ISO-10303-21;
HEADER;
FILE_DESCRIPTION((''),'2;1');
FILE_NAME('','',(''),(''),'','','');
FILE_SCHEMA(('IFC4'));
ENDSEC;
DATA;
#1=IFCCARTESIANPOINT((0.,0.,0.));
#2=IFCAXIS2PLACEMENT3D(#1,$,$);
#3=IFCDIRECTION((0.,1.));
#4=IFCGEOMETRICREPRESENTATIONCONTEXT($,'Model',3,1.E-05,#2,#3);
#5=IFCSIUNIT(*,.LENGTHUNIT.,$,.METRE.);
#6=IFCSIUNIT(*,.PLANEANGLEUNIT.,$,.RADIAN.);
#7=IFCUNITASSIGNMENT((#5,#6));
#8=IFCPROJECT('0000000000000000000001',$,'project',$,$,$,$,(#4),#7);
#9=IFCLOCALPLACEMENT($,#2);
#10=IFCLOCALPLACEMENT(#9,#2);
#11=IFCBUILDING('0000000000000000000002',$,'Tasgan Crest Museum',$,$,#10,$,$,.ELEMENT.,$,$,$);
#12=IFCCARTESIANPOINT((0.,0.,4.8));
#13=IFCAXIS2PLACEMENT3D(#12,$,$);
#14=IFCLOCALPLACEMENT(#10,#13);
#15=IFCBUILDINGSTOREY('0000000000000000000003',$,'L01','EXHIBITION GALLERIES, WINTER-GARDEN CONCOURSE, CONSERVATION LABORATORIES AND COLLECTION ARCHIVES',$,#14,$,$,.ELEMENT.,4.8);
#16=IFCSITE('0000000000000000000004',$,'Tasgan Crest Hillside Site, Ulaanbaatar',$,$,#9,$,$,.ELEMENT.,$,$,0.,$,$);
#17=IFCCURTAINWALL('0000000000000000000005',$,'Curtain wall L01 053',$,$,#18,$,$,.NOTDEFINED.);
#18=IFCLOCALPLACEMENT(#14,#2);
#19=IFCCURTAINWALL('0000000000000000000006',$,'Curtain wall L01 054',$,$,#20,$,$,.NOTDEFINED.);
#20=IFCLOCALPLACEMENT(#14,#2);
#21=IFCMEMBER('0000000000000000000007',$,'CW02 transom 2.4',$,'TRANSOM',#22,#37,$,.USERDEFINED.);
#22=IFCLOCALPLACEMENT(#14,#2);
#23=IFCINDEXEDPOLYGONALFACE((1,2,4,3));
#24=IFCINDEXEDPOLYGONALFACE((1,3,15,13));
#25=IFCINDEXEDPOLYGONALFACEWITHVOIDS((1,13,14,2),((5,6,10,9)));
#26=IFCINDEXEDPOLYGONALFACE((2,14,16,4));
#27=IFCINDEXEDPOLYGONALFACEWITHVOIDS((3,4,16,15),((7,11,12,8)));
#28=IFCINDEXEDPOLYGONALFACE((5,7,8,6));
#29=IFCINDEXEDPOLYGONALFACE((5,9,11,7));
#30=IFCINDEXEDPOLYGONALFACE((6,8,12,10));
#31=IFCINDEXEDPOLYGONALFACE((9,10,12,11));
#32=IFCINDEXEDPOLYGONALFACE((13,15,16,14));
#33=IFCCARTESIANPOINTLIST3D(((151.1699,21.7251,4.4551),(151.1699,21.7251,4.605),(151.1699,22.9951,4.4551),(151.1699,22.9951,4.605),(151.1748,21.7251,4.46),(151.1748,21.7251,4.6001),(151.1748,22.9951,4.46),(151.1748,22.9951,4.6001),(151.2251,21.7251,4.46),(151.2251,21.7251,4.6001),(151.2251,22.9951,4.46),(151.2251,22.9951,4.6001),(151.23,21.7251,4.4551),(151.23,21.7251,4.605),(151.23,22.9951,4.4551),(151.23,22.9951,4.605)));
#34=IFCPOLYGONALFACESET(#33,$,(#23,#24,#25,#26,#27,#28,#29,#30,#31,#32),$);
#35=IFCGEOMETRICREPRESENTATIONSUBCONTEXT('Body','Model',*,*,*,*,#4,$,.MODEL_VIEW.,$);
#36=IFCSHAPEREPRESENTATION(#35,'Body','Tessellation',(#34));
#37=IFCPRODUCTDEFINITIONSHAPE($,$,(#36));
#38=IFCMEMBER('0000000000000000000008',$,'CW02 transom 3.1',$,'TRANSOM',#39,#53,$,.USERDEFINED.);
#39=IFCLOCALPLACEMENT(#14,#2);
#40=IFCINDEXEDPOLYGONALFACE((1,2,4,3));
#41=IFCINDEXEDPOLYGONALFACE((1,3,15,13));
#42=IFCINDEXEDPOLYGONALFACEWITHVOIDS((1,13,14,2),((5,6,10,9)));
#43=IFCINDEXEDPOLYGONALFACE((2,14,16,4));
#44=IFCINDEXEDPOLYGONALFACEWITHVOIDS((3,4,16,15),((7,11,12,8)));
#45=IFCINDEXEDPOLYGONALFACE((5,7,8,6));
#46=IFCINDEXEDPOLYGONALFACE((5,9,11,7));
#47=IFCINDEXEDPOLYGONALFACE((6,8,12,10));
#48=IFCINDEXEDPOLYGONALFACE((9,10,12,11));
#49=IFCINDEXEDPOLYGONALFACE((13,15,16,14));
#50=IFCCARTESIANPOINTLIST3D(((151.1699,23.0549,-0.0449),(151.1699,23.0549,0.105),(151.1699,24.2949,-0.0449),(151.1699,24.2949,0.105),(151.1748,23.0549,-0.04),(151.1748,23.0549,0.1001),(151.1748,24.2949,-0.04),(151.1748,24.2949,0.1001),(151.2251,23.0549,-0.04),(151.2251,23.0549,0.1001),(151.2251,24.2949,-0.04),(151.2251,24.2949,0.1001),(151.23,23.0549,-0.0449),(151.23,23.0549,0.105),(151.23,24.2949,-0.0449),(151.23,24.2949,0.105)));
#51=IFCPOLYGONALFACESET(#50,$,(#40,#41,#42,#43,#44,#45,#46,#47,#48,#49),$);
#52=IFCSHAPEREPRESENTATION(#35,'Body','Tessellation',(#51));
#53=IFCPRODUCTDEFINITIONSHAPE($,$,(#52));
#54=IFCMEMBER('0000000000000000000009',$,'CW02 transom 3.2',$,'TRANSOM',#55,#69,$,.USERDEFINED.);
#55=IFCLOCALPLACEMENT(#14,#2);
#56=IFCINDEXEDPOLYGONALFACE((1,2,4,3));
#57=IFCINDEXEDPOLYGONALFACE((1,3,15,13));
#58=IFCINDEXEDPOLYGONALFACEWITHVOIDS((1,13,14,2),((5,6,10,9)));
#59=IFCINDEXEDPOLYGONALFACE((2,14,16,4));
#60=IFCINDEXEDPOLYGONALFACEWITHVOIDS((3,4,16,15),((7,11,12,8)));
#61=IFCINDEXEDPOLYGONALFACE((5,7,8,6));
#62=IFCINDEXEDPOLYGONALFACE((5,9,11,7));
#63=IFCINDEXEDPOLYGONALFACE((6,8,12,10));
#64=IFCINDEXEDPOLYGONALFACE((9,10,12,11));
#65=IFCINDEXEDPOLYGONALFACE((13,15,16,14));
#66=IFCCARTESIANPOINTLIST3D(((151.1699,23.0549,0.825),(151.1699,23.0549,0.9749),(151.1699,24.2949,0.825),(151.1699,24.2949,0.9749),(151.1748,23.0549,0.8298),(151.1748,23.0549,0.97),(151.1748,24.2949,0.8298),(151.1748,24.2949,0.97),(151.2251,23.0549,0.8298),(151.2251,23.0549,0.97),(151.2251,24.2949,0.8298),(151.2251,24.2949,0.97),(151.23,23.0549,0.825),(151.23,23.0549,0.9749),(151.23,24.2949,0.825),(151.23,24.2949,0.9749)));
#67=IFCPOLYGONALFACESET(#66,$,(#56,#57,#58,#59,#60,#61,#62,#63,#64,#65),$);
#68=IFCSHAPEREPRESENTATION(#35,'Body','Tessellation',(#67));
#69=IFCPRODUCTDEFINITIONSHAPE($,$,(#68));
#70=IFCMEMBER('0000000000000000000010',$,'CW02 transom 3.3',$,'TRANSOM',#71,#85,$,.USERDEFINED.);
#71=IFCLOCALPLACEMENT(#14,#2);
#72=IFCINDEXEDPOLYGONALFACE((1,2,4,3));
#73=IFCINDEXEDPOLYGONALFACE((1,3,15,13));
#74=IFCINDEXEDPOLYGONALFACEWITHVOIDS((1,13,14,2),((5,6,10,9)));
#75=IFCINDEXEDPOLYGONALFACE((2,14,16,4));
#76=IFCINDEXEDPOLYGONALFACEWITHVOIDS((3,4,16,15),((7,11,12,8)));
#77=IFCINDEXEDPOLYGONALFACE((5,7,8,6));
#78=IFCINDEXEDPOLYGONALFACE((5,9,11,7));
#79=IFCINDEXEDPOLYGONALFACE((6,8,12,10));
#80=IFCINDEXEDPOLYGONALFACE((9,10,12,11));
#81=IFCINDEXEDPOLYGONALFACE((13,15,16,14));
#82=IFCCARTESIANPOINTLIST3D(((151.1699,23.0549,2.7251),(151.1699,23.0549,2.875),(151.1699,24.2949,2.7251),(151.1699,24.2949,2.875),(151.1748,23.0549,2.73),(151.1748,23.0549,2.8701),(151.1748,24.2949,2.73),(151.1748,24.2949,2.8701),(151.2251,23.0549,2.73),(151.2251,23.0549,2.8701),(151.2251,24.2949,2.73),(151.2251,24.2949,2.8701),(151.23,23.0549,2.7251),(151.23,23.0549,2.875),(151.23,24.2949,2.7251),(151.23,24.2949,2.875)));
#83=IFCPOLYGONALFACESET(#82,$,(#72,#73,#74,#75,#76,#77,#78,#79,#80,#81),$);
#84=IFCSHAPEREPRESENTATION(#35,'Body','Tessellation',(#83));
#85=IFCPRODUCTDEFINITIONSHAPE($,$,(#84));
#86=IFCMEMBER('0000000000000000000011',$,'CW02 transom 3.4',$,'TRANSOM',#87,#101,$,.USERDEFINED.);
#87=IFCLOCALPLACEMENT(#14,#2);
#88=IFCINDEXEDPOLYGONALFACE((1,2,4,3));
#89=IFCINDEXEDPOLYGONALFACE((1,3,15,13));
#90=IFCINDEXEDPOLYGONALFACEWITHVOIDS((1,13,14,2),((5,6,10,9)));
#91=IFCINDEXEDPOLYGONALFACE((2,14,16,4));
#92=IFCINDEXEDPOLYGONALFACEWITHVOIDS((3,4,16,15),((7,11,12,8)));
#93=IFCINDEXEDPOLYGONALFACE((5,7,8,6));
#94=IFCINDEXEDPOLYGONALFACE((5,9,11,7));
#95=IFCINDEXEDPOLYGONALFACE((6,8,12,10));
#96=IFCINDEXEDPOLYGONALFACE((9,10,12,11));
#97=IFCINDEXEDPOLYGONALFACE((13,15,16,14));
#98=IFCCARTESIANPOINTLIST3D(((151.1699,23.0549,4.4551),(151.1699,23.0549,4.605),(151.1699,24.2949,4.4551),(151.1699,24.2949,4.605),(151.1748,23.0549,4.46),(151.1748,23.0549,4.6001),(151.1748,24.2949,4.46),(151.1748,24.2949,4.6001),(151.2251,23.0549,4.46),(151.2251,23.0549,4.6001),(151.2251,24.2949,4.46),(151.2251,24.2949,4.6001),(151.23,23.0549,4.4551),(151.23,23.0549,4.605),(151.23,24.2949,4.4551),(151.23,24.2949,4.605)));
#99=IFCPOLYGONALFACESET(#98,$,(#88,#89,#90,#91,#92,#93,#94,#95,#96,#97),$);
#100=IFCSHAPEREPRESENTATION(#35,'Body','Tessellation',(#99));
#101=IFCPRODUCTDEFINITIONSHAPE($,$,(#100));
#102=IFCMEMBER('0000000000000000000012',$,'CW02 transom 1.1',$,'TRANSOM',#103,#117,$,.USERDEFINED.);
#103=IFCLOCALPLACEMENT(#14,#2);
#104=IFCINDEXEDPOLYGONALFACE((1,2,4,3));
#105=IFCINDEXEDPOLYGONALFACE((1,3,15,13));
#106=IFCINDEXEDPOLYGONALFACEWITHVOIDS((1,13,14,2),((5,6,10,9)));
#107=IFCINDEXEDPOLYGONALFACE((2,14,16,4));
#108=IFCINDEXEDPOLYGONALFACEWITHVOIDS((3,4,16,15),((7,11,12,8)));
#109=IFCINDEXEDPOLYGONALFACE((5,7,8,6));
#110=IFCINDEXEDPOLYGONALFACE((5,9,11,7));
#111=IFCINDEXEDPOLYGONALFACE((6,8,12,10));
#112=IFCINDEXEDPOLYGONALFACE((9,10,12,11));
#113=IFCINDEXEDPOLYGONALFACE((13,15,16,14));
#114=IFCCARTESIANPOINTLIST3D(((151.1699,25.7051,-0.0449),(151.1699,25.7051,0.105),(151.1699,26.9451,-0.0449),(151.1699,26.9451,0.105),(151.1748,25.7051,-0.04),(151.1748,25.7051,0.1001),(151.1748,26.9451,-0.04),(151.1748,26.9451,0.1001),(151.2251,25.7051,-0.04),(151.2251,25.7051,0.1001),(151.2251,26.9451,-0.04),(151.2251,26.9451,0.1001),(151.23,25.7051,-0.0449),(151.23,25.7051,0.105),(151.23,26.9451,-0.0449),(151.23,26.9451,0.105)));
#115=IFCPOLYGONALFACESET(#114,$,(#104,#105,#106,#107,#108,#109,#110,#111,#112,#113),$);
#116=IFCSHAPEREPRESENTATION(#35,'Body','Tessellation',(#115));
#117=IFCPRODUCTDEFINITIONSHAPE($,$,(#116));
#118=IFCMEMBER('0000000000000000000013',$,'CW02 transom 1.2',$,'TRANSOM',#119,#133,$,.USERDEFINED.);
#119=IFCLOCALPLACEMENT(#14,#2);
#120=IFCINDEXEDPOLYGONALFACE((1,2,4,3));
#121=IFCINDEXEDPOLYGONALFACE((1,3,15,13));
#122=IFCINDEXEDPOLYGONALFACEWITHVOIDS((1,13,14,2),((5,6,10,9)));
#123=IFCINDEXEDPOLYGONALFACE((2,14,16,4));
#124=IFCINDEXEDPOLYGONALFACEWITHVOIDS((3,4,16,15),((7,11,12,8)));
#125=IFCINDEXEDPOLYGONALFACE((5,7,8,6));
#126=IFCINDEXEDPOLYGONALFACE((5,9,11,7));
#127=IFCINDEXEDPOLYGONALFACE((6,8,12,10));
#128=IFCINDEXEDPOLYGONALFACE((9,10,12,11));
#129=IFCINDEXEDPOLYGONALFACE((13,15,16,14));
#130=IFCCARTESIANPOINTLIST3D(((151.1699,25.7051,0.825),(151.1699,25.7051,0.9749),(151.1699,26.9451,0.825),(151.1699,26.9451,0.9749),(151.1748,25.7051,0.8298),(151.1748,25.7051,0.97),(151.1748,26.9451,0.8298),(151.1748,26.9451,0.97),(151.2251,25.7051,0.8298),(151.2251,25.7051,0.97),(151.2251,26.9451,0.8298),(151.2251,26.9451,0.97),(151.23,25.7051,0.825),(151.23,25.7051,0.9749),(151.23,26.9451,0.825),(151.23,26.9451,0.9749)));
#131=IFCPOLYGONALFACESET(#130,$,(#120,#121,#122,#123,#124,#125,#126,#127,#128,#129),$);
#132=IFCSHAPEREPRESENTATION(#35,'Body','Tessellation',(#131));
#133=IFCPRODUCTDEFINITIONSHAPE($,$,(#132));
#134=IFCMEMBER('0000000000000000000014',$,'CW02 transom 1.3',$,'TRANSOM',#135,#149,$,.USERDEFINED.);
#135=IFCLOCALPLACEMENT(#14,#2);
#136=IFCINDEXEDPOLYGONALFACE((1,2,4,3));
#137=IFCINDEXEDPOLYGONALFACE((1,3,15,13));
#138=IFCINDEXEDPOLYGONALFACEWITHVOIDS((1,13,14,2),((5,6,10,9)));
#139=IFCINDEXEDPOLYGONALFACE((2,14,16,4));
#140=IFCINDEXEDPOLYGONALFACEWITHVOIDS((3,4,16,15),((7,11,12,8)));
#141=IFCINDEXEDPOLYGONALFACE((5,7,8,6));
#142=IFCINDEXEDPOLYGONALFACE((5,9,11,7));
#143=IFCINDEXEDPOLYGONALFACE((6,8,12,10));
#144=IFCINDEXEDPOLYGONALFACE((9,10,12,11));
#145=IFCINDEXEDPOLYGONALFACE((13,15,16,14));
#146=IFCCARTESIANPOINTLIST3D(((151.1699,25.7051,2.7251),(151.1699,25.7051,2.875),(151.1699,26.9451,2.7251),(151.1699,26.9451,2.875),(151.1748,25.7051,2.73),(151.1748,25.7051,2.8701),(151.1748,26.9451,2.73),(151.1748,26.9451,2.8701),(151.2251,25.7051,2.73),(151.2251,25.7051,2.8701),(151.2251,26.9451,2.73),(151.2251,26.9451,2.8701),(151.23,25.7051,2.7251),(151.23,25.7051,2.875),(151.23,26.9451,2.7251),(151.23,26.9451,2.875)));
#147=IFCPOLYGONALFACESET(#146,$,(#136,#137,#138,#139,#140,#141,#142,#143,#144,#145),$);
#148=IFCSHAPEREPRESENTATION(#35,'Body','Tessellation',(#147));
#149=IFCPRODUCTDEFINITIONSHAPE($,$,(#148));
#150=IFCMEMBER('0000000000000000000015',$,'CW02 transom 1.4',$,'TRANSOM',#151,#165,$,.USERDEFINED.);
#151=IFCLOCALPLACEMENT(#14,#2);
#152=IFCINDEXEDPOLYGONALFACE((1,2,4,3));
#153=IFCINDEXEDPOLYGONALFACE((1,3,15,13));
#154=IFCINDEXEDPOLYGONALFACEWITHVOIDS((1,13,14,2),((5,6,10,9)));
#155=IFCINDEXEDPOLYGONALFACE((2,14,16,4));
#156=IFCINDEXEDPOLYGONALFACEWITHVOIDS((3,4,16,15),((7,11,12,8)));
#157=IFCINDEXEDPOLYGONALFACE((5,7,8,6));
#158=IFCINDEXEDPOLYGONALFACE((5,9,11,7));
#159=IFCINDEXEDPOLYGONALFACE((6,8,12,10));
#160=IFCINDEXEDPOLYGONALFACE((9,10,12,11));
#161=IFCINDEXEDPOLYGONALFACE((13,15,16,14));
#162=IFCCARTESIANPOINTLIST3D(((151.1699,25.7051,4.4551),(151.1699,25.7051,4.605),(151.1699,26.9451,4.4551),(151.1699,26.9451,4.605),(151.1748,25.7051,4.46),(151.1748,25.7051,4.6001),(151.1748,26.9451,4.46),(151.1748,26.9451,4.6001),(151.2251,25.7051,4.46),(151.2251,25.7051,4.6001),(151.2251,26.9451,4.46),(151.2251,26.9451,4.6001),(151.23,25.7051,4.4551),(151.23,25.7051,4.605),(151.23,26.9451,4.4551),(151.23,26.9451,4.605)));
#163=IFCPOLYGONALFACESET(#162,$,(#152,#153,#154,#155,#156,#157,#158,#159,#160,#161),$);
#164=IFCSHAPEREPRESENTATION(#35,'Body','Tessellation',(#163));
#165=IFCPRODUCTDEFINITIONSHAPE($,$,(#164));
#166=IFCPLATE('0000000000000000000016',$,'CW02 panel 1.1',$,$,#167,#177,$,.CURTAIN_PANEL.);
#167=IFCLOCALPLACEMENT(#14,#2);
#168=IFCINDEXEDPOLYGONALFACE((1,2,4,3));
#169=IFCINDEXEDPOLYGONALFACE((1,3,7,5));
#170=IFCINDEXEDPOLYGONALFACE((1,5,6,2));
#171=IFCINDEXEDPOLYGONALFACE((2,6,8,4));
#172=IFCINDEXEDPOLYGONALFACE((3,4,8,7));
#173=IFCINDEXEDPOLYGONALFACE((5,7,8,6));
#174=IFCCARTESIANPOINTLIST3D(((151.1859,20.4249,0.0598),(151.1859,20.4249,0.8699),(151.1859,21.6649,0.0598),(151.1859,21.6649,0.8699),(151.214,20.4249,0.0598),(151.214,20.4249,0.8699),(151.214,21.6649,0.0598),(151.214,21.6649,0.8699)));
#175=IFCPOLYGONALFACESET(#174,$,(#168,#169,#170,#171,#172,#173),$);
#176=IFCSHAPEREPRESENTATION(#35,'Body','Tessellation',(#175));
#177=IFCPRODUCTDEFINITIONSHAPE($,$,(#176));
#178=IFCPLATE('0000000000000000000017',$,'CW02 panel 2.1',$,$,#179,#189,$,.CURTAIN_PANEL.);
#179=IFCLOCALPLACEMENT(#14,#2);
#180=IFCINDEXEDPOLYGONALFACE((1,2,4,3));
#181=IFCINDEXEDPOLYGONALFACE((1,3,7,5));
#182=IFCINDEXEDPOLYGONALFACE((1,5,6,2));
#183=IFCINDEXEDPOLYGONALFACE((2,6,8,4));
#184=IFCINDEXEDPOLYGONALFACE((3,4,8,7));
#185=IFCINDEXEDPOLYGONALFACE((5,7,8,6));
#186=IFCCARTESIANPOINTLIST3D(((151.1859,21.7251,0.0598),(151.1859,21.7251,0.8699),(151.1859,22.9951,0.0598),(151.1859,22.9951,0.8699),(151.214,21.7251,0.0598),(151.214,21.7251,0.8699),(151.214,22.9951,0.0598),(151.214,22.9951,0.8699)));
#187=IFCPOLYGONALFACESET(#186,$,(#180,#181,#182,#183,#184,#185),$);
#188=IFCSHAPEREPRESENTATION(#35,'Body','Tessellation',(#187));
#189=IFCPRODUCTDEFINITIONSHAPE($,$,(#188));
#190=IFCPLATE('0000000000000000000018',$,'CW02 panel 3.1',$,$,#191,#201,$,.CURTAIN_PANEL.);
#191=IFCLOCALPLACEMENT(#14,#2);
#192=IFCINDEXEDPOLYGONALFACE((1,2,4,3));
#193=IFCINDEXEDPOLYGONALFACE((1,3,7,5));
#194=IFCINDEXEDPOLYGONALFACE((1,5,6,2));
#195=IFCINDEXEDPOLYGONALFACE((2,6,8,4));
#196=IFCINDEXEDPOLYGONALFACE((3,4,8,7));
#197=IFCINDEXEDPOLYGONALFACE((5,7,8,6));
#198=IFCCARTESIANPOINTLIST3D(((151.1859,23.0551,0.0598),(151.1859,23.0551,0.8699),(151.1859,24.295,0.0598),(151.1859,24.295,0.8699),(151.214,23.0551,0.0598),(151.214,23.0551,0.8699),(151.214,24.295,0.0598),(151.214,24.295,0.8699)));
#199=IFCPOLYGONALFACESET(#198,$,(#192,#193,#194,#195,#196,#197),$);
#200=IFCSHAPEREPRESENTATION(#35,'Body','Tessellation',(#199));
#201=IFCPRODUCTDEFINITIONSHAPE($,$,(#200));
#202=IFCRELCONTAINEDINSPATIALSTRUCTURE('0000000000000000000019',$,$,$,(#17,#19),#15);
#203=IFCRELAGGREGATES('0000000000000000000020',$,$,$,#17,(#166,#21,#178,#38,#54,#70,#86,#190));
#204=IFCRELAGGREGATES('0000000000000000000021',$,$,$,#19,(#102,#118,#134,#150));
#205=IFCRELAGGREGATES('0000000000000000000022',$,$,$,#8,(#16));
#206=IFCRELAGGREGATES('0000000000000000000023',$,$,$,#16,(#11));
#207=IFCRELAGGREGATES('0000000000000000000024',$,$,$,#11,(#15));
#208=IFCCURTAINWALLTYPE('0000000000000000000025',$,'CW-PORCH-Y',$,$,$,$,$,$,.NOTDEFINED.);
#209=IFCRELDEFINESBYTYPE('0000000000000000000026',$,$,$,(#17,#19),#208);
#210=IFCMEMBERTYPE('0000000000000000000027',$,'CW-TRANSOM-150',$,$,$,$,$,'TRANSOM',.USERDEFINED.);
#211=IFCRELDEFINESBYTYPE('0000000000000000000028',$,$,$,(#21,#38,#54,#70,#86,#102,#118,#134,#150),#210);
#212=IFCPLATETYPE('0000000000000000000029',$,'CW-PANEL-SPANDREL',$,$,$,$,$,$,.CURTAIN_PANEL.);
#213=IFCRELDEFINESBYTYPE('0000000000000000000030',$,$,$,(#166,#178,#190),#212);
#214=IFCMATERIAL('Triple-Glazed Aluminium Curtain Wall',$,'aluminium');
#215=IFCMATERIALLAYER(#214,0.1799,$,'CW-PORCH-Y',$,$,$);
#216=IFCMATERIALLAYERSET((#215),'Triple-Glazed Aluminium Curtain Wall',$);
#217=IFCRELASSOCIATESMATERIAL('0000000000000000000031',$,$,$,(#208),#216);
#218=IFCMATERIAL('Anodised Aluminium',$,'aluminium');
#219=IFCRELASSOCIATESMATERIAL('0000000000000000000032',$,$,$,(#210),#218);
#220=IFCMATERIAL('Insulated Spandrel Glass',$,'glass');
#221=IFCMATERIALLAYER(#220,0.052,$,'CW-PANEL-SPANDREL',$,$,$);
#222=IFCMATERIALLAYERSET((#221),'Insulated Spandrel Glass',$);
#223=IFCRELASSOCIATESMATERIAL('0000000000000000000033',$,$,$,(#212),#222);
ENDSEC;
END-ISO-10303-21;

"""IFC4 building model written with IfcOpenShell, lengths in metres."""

from ifc_helpers import new_model, si_unit, direction, frame, origin, origin_2d, place, context, subcontext, project, spatial, rectangle, hollow_rectangle, extrude, material, layer, layer_set, material_profile, profile_set, type_object, element, aggregate, save


model = new_model("IFC4")

# Units and contexts
model_context = context("Model", 3, precision=1e-05, world=origin(), true_north=direction((0.0, 1.0)))
body_context = subcontext(model_context, "Body", "Model", "MODEL_VIEW")
ifc_project = project(units=[si_unit("LENGTHUNIT", "METRE"), si_unit("PLANEANGLEUNIT", "RADIAN")], contexts=[model_context])

# Site, building, storey
site_placement = place(None, origin())
site = spatial("IfcSite", under=ifc_project, at=site_placement, Name="Tasgan Crest Hillside Site, Ulaanbaatar", CompositionType="ELEMENT", RefElevation=0.0)
building_placement = place(site_placement, origin())
building = spatial("IfcBuilding", under=site, at=building_placement, Name="Tasgan Crest Museum", CompositionType="ELEMENT")
storey_placement = place(building_placement, frame((0.0, 0.0, 4.8)))
storey = spatial("IfcBuildingStorey", under=building, at=storey_placement, Name="L01", Description="EXHIBITION GALLERIES, WINTER-GARDEN CONCOURSE, CONSERVATION LABORATORIES AND COLLECTION ARCHIVES", CompositionType="ELEMENT", Elevation=4.8)

# Curtain walls
ifc_material_1 = material(Name="Triple-Glazed Aluminium Curtain Wall", Category="aluminium")
ifc_layer_1 = layer(ifc_material_1, 0.1799, Name="CW-PORCH-Y")
ifc_layer_set_1 = layer_set([ifc_layer_1], Name="Triple-Glazed Aluminium Curtain Wall")
curtain_wall_type = type_object("IfcCurtainWallType", Name="CW-PORCH-Y", PredefinedType="NOTDEFINED", material=ifc_layer_set_1)
curtain_wall_1_placement = place(storey_placement, origin())
curtain_wall_1 = element("IfcCurtainWall", 1, at=curtain_wall_1_placement, inside=storey, type_object=curtain_wall_type, Name="Curtain wall L01 053", PredefinedType="NOTDEFINED")
curtain_wall_2_placement = place(storey_placement, origin())
curtain_wall_2 = element("IfcCurtainWall", 2, at=curtain_wall_2_placement, inside=storey, type_object=curtain_wall_type, Name="Curtain wall L01 054", PredefinedType="NOTDEFINED")

# Members
ifc_material_2 = material(Name="Anodised Aluminium", Category="aluminium")
ifc_material_profile_1 = material_profile(ifc_material_2, hollow_rectangle(XDim=0.0601, YDim=0.1499, WallThickness=0.0049, at=origin_2d()), Name="ALU TRANSOM 150x60x5")
ifc_profile_set_1 = profile_set([ifc_material_profile_1], Name="Anodised Aluminium")
member_type_1 = type_object("IfcMemberType", Name="CW-TRANSOM-150", ElementType="TRANSOM", PredefinedType="USERDEFINED", material=ifc_profile_set_1)
member_1_placement = place(storey_placement, frame((151.2, 21.7251, 4.53), z_axis=(0.0, 1.0, 0.0), x_axis=(-1.0, 0.0, 0.0)))
member_1 = element("IfcMember", 3, at=member_1_placement, type_object=member_type_1, Name="CW02 transom 2.4", ObjectType="TRANSOM", PredefinedType="USERDEFINED", context=body_context, shape_type="SweptSolid", body=[
    extrude(hollow_rectangle(XDim=0.0601, YDim=0.1499, WallThickness=0.0049, at=origin_2d()), origin(), (0.0, 0.0, 1.0), 1.27),
])
member_2_placement = place(storey_placement, frame((151.2, 23.0549, 0.03), z_axis=(0.0, 1.0, 0.0), x_axis=(-1.0, 0.0, 0.0)))
member_2 = element("IfcMember", 4, at=member_2_placement, type_object=member_type_1, Name="CW02 transom 3.1", ObjectType="TRANSOM", PredefinedType="USERDEFINED", context=body_context, shape_type="SweptSolid", body=[
    extrude(hollow_rectangle(XDim=0.0601, YDim=0.1499, WallThickness=0.0049, at=origin_2d()), origin(), (0.0, 0.0, 1.0), 1.24),
])
member_3_placement = place(storey_placement, frame((151.2, 23.0549, 0.8999), z_axis=(0.0, 1.0, 0.0), x_axis=(-1.0, 0.0, 0.0)))
member_3 = element("IfcMember", 5, at=member_3_placement, type_object=member_type_1, Name="CW02 transom 3.2", ObjectType="TRANSOM", PredefinedType="USERDEFINED", context=body_context, shape_type="SweptSolid", body=[
    extrude(hollow_rectangle(XDim=0.0601, YDim=0.1499, WallThickness=0.0049, at=origin_2d()), origin(), (0.0, 0.0, 1.0), 1.24),
])
member_4_placement = place(storey_placement, frame((151.2, 23.0549, 2.8), z_axis=(0.0, 1.0, 0.0), x_axis=(-1.0, 0.0, 0.0)))
member_4 = element("IfcMember", 6, at=member_4_placement, type_object=member_type_1, Name="CW02 transom 3.3", ObjectType="TRANSOM", PredefinedType="USERDEFINED", context=body_context, shape_type="SweptSolid", body=[
    extrude(hollow_rectangle(XDim=0.0601, YDim=0.1499, WallThickness=0.0049, at=origin_2d()), origin(), (0.0, 0.0, 1.0), 1.24),
])
member_5_placement = place(storey_placement, frame((151.2, 23.0549, 4.53), z_axis=(0.0, 1.0, 0.0), x_axis=(-1.0, 0.0, 0.0)))
member_5 = element("IfcMember", 7, at=member_5_placement, type_object=member_type_1, Name="CW02 transom 3.4", ObjectType="TRANSOM", PredefinedType="USERDEFINED", context=body_context, shape_type="SweptSolid", body=[
    extrude(hollow_rectangle(XDim=0.0601, YDim=0.1499, WallThickness=0.0049, at=origin_2d()), origin(), (0.0, 0.0, 1.0), 1.24),
])
member_6_placement = place(storey_placement, frame((151.2, 25.7051, 0.03), z_axis=(0.0, 1.0, 0.0), x_axis=(-1.0, 0.0, 0.0)))
member_6 = element("IfcMember", 8, at=member_6_placement, type_object=member_type_1, Name="CW02 transom 1.1", ObjectType="TRANSOM", PredefinedType="USERDEFINED", context=body_context, shape_type="SweptSolid", body=[
    extrude(hollow_rectangle(XDim=0.0601, YDim=0.1499, WallThickness=0.0049, at=origin_2d()), origin(), (0.0, 0.0, 1.0), 1.24),
])
member_7_placement = place(storey_placement, frame((151.2, 25.7051, 0.8999), z_axis=(0.0, 1.0, 0.0), x_axis=(-1.0, 0.0, 0.0)))
member_7 = element("IfcMember", 9, at=member_7_placement, type_object=member_type_1, Name="CW02 transom 1.2", ObjectType="TRANSOM", PredefinedType="USERDEFINED", context=body_context, shape_type="SweptSolid", body=[
    extrude(hollow_rectangle(XDim=0.0601, YDim=0.1499, WallThickness=0.0049, at=origin_2d()), origin(), (0.0, 0.0, 1.0), 1.24),
])
member_8_placement = place(storey_placement, frame((151.2, 25.7051, 2.8), z_axis=(0.0, 1.0, 0.0), x_axis=(-1.0, 0.0, 0.0)))
member_8 = element("IfcMember", 10, at=member_8_placement, type_object=member_type_1, Name="CW02 transom 1.3", ObjectType="TRANSOM", PredefinedType="USERDEFINED", context=body_context, shape_type="SweptSolid", body=[
    extrude(hollow_rectangle(XDim=0.0601, YDim=0.1499, WallThickness=0.0049, at=origin_2d()), origin(), (0.0, 0.0, 1.0), 1.24),
])
member_9_placement = place(storey_placement, frame((151.2, 25.7051, 4.53), z_axis=(0.0, 1.0, 0.0), x_axis=(-1.0, 0.0, 0.0)))
member_9 = element("IfcMember", 11, at=member_9_placement, type_object=member_type_1, Name="CW02 transom 1.4", ObjectType="TRANSOM", PredefinedType="USERDEFINED", context=body_context, shape_type="SweptSolid", body=[
    extrude(hollow_rectangle(XDim=0.0601, YDim=0.1499, WallThickness=0.0049, at=origin_2d()), origin(), (0.0, 0.0, 1.0), 1.24),
])

# Plates
ifc_material_3 = material(Name="Insulated Spandrel Glass", Category="glass")
ifc_layer_2 = layer(ifc_material_3, 0.052, Name="CW-PANEL-SPANDREL")
ifc_layer_set_2 = layer_set([ifc_layer_2], Name="Insulated Spandrel Glass")
plate_type_1 = type_object("IfcPlateType", Name="CW-PANEL-SPANDREL", PredefinedType="CURTAIN_PANEL", material=ifc_layer_set_2)
plate_1_placement = place(storey_placement, frame((151.2, 21.0449, 0.0598), z_axis=(0.0, 0.0, 1.0), x_axis=(0.0, 1.0, 0.0)))
plate_1 = element("IfcPlate", 12, at=plate_1_placement, type_object=plate_type_1, Name="CW02 panel 1.1", PredefinedType="CURTAIN_PANEL", context=body_context, shape_type="SweptSolid", body=[
    extrude(rectangle(XDim=1.24, YDim=0.0281, at=origin_2d()), origin(), (0.0, 0.0, 1.0), 0.8101),
])
plate_2_placement = place(storey_placement, frame((151.2, 22.3601, 0.0598), z_axis=(0.0, 0.0, 1.0), x_axis=(0.0, 1.0, 0.0)))
plate_2 = element("IfcPlate", 13, at=plate_2_placement, type_object=plate_type_1, Name="CW02 panel 2.1", PredefinedType="CURTAIN_PANEL", context=body_context, shape_type="SweptSolid", body=[
    extrude(rectangle(XDim=1.27, YDim=0.0281, at=origin_2d()), origin(), (0.0, 0.0, 1.0), 0.8101),
])
plate_3_placement = place(storey_placement, frame((151.2, 23.675, 0.0598), z_axis=(0.0, 0.0, 1.0), x_axis=(0.0, 1.0, 0.0)))
plate_3 = element("IfcPlate", 14, at=plate_3_placement, type_object=plate_type_1, Name="CW02 panel 3.1", PredefinedType="CURTAIN_PANEL", context=body_context, shape_type="SweptSolid", body=[
    extrude(rectangle(XDim=1.24, YDim=0.0281, at=origin_2d()), origin(), (0.0, 0.0, 1.0), 0.8101),
])
aggregate(curtain_wall_1, [plate_1, member_1, plate_2, member_2, member_3, member_4, member_5, plate_3])
aggregate(curtain_wall_2, [member_6, member_7, member_8, member_9])

save(model, "model.ifc")
